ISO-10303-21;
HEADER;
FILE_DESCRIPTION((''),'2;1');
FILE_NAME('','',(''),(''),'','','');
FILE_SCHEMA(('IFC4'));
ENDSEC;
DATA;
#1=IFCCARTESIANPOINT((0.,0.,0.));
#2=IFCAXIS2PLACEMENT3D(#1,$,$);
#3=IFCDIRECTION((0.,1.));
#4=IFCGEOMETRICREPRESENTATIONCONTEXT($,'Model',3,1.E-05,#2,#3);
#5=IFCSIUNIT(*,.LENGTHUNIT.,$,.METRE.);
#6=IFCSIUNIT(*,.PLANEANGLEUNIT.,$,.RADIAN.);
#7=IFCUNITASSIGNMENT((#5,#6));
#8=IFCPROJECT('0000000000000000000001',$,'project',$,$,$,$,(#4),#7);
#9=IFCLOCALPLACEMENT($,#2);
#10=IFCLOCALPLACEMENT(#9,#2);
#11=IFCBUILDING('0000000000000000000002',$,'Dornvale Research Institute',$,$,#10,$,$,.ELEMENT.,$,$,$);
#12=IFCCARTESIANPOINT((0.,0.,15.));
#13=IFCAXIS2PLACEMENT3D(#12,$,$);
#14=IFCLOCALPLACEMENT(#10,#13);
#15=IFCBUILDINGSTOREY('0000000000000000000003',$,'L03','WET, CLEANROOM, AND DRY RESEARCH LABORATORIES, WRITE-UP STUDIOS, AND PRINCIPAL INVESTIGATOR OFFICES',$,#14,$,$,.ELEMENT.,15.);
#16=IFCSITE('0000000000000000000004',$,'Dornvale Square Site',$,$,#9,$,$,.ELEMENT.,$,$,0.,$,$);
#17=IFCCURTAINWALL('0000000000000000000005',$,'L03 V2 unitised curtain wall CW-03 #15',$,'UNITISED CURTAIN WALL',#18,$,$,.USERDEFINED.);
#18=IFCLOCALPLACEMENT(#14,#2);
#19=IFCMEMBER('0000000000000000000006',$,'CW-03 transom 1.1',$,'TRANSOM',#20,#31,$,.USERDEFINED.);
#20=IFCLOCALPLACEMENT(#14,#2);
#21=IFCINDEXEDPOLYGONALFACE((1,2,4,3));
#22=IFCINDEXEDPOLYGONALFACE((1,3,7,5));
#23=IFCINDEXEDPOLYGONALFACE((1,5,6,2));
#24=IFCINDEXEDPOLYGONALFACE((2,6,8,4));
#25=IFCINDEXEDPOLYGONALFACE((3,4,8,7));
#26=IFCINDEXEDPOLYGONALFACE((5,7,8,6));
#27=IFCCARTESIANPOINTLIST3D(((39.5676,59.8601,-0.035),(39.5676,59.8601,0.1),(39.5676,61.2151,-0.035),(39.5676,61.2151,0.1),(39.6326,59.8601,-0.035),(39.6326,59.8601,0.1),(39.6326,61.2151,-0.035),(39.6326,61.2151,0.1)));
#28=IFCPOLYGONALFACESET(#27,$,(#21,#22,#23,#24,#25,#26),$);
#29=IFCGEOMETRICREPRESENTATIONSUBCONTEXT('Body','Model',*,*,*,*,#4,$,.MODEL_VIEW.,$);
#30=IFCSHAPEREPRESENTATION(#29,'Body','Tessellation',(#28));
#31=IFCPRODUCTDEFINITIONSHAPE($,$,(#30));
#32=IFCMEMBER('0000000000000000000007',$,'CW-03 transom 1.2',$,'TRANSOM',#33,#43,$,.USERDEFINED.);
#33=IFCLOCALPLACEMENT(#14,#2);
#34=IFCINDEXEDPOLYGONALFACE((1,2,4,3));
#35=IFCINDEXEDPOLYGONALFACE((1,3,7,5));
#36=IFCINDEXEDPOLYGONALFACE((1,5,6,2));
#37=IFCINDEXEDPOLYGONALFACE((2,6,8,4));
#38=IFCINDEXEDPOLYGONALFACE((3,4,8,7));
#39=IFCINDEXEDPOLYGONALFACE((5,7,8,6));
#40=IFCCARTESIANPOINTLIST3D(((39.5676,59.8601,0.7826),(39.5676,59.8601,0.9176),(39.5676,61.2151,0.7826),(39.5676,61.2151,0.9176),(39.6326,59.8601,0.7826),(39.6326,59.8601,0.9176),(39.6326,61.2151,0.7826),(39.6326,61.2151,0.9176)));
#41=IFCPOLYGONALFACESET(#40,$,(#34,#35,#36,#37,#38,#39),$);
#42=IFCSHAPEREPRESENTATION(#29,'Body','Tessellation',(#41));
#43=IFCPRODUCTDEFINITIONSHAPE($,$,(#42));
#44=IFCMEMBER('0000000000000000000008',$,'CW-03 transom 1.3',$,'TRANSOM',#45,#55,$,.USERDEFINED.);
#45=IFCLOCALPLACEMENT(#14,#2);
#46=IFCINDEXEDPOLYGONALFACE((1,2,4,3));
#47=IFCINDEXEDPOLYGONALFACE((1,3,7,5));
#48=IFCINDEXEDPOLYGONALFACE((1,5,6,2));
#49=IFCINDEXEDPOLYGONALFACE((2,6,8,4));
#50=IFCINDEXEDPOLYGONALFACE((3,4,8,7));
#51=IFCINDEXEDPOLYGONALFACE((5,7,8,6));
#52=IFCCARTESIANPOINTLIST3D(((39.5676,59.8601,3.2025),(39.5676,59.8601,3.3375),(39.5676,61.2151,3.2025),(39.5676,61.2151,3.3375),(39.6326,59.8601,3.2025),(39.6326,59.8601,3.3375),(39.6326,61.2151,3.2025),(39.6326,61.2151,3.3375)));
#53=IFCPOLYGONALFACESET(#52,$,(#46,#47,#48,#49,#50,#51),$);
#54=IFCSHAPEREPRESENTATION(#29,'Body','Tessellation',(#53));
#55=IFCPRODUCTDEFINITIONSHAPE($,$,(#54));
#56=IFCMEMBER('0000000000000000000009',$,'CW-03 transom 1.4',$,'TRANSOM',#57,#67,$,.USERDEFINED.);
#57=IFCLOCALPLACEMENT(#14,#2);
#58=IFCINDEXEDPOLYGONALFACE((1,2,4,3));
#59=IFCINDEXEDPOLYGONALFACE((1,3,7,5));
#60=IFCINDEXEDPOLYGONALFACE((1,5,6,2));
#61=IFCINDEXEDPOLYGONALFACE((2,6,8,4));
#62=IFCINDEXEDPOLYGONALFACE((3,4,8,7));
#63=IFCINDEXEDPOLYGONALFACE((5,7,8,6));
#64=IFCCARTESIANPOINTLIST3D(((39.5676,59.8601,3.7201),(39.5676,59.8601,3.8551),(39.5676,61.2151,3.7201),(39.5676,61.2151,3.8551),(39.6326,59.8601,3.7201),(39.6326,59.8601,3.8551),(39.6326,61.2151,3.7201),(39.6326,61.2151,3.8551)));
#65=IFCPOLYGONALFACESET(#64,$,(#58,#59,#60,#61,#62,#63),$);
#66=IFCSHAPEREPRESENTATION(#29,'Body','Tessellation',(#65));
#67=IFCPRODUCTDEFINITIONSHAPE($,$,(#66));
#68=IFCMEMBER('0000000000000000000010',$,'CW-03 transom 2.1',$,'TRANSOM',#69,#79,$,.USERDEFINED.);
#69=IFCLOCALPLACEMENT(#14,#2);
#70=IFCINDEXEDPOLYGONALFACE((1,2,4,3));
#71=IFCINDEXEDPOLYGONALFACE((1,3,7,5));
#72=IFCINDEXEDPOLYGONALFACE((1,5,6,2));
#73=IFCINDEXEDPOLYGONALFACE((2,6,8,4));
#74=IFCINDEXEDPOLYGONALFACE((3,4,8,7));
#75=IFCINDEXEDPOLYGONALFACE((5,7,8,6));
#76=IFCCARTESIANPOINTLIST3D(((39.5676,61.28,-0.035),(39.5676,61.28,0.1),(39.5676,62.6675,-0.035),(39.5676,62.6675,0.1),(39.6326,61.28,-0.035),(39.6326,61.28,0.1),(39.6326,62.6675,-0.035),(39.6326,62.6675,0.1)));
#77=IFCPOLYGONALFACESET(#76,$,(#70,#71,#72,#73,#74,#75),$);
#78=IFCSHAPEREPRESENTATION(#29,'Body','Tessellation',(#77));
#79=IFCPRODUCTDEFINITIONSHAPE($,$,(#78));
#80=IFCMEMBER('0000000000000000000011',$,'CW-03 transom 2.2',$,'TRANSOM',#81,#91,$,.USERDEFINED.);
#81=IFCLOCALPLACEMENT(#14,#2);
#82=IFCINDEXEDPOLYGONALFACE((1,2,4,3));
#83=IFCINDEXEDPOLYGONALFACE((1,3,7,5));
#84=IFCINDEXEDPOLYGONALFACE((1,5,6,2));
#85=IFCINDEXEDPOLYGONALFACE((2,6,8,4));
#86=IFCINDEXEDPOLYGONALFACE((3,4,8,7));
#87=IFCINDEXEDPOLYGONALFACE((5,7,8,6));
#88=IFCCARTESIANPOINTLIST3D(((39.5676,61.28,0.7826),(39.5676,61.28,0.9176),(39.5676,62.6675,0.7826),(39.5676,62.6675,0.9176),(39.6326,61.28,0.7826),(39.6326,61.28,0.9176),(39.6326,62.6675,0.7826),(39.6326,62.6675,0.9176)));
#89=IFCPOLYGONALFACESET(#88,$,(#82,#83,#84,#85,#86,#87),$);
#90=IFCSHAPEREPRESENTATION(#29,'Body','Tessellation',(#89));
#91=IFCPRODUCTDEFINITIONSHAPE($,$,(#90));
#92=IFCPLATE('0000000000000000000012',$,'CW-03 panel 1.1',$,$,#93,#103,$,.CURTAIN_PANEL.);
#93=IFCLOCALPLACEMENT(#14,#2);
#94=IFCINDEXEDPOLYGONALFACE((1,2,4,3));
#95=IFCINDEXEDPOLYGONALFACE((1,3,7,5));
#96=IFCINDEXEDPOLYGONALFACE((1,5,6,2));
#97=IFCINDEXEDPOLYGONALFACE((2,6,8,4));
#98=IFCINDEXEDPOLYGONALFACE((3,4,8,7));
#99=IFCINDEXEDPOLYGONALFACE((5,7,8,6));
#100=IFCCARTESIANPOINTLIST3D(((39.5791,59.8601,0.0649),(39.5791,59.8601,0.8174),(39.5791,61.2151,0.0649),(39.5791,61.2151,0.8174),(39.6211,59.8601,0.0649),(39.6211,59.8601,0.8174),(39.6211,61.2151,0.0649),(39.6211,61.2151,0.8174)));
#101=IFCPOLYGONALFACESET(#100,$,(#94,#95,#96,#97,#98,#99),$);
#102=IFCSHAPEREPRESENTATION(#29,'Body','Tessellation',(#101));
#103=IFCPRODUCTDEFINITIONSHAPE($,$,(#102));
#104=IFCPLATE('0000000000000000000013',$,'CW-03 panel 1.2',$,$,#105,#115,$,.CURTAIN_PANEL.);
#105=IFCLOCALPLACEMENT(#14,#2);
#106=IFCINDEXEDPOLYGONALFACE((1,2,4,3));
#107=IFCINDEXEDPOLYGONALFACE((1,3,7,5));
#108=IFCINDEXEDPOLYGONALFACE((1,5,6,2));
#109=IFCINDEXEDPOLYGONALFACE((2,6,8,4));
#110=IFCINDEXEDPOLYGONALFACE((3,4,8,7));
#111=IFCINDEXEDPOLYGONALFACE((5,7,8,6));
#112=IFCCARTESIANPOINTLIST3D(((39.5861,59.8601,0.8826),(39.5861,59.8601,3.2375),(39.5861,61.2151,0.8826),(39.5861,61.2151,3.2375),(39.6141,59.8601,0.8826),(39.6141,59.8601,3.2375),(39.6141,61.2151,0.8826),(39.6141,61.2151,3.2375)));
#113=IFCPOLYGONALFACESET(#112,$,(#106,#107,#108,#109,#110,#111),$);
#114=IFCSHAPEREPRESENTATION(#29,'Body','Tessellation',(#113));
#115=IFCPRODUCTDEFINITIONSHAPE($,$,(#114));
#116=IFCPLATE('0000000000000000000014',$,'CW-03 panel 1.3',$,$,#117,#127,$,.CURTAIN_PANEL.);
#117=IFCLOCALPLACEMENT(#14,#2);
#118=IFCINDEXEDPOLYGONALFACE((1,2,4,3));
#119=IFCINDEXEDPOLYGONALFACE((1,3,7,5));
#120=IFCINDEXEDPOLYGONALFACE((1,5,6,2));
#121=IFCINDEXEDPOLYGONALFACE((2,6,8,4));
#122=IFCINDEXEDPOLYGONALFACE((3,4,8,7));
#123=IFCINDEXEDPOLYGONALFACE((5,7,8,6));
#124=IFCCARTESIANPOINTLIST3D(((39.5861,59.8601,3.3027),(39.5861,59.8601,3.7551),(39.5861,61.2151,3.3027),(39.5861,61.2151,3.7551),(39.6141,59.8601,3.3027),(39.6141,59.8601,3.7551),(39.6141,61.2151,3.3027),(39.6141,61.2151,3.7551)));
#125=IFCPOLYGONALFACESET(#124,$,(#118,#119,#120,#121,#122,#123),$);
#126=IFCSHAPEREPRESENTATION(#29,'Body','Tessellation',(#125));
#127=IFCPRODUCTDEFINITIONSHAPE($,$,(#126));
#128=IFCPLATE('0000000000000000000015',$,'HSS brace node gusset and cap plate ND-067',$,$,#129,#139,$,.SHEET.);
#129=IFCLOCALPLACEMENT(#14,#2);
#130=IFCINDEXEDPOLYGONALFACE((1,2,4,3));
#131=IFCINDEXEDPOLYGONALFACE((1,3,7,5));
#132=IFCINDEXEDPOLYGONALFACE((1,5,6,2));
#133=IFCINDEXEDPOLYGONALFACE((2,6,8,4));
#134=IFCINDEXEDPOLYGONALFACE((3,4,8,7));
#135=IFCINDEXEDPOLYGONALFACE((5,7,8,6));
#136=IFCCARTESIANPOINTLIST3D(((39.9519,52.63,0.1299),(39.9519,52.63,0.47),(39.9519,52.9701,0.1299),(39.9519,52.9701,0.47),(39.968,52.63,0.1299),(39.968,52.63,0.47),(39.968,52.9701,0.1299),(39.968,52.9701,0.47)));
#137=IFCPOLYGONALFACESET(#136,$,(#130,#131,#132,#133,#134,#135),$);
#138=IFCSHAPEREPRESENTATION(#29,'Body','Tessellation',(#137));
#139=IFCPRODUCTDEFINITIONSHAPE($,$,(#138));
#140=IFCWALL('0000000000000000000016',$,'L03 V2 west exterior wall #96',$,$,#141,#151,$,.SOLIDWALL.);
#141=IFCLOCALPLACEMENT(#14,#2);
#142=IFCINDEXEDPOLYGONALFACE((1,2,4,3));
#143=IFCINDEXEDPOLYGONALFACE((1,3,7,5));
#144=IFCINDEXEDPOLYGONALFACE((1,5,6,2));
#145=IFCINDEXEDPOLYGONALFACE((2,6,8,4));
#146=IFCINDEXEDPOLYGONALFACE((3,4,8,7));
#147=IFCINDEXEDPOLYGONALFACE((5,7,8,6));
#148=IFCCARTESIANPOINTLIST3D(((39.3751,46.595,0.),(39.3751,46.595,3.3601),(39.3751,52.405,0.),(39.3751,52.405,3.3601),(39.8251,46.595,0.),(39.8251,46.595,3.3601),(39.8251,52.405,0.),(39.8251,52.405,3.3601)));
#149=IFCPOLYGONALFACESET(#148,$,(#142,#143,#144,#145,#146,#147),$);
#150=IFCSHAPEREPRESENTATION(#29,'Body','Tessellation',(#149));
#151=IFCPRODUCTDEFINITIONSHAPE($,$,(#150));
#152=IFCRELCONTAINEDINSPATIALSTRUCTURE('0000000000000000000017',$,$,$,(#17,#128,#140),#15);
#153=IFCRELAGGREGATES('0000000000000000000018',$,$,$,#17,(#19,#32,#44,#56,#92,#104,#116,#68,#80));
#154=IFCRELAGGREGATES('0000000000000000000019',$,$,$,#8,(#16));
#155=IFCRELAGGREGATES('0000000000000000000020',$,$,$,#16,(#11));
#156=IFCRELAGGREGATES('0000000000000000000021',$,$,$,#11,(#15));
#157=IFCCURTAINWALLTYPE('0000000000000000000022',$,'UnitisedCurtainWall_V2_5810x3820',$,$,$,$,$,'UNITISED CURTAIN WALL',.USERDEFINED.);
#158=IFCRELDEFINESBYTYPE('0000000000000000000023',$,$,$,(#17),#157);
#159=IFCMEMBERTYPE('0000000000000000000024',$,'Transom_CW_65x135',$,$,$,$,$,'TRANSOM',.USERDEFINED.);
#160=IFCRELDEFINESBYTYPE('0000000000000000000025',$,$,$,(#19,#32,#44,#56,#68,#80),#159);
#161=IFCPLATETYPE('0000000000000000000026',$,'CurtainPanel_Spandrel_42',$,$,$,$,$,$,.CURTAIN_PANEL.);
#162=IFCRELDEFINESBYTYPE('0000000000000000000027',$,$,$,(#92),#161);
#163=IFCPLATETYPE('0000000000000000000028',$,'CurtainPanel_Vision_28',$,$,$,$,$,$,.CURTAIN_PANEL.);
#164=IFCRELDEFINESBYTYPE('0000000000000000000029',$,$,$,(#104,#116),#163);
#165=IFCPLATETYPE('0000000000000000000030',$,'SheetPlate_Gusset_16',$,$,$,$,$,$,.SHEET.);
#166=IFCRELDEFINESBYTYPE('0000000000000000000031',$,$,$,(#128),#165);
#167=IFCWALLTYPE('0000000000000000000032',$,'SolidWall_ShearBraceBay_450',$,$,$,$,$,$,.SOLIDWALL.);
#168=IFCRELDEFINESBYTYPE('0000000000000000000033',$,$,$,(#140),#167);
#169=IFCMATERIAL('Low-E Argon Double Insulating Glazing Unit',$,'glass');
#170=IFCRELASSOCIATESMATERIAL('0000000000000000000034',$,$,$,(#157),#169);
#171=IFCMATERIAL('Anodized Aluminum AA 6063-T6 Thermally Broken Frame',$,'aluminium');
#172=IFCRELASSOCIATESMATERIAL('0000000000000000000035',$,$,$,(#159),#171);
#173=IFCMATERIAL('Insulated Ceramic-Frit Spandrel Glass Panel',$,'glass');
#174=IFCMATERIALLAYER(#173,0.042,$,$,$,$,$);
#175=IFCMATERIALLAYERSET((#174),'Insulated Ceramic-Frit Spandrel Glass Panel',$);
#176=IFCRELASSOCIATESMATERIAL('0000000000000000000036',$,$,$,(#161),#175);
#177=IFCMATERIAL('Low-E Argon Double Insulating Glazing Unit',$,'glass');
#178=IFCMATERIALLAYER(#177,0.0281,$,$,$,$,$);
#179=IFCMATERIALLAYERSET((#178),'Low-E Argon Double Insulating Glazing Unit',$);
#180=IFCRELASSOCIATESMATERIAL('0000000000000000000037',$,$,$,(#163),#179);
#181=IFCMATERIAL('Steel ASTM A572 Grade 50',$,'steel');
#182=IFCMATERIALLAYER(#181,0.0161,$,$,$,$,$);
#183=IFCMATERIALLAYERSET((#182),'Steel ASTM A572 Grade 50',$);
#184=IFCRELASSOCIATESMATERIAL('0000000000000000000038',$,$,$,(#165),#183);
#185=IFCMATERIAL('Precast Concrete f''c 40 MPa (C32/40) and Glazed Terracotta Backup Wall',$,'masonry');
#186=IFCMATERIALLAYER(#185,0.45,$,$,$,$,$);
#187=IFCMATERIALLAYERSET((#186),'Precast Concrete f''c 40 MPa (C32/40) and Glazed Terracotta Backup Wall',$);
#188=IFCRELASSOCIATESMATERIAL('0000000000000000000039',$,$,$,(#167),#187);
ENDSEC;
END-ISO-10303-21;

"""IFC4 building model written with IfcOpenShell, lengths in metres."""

from ifc_helpers import new_model, si_unit, direction, frame, frame_2d, origin, origin_2d, place, context, subcontext, project, spatial, rectangle, extrude, material, layer, layer_set, material_profile, profile_set, type_object, element, aggregate, save


model = new_model("IFC4")

# Units and contexts
model_context = context("Model", 3, precision=1e-05, world=origin(), true_north=direction((0.0, 1.0)))
body_context = subcontext(model_context, "Body", "Model", "MODEL_VIEW")
ifc_project = project(units=[si_unit("LENGTHUNIT", "METRE"), si_unit("PLANEANGLEUNIT", "RADIAN")], contexts=[model_context])

# Site, building, storey
site_placement = place(None, origin())
site = spatial("IfcSite", under=ifc_project, at=site_placement, Name="Dornvale Square Site", CompositionType="ELEMENT", RefElevation=0.0)
building_placement = place(site_placement, origin())
building = spatial("IfcBuilding", under=site, at=building_placement, Name="Dornvale Research Institute", CompositionType="ELEMENT")
storey_placement = place(building_placement, frame((0.0, 0.0, 15.0)))
storey = spatial("IfcBuildingStorey", under=building, at=storey_placement, Name="L03", Description="WET, CLEANROOM, AND DRY RESEARCH LABORATORIES, WRITE-UP STUDIOS, AND PRINCIPAL INVESTIGATOR OFFICES", CompositionType="ELEMENT", Elevation=15.0)

# Curtain wall
ifc_material_1 = material(Name="Low-E Argon Double Insulating Glazing Unit", Category="glass")
curtain_wall_type = type_object("IfcCurtainWallType", Name="UnitisedCurtainWall_V2_5810x3820", ElementType="UNITISED CURTAIN WALL", PredefinedType="USERDEFINED", material=ifc_material_1)
curtain_wall_placement = place(storey_placement, origin())
curtain_wall = element("IfcCurtainWall", 1, at=curtain_wall_placement, inside=storey, type_object=curtain_wall_type, Name="L03 V2 unitised curtain wall CW-03 #15", ObjectType="UNITISED CURTAIN WALL", PredefinedType="USERDEFINED")

# Members
ifc_material_2 = material(Name="Anodized Aluminum AA 6063-T6 Thermally Broken Frame", Category="aluminium")
ifc_material_profile_1 = material_profile(ifc_material_2, rectangle(XDim=0.0649, YDim=0.135, at=origin_2d()), Name="ALU TRANSOM 65x135")
ifc_profile_set_1 = profile_set([ifc_material_profile_1], Name="Anodized Aluminum AA 6063-T6 Thermally Broken Frame")
member_type_1 = type_object("IfcMemberType", Name="Transom_CW_65x135", ElementType="TRANSOM", PredefinedType="USERDEFINED", material=ifc_profile_set_1)
member_1_placement = place(storey_placement, frame((39.6001, 59.8601, 0.0325), z_axis=(0.0, 1.0, 0.0), x_axis=(-1.0, 0.0, 0.0)))
member_1 = element("IfcMember", 2, at=member_1_placement, type_object=member_type_1, Name="CW-03 transom 1.1", ObjectType="TRANSOM", PredefinedType="USERDEFINED", context=body_context, shape_type="SweptSolid", body=[
    extrude(rectangle(XDim=0.0649, YDim=0.135, at=origin_2d()), origin(), (0.0, 0.0, 1.0), 1.355),
])
member_2_placement = place(storey_placement, frame((39.6001, 59.8601, 0.8501), z_axis=(0.0, 1.0, 0.0), x_axis=(-1.0, 0.0, 0.0)))
member_2 = element("IfcMember", 3, at=member_2_placement, type_object=member_type_1, Name="CW-03 transom 1.2", ObjectType="TRANSOM", PredefinedType="USERDEFINED", context=body_context, shape_type="SweptSolid", body=[
    extrude(rectangle(XDim=0.0649, YDim=0.135, at=origin_2d()), origin(), (0.0, 0.0, 1.0), 1.355),
])
member_3_placement = place(storey_placement, frame((39.6001, 59.8601, 3.27), z_axis=(0.0, 1.0, 0.0), x_axis=(-1.0, 0.0, 0.0)))
member_3 = element("IfcMember", 4, at=member_3_placement, type_object=member_type_1, Name="CW-03 transom 1.3", ObjectType="TRANSOM", PredefinedType="USERDEFINED", context=body_context, shape_type="SweptSolid", body=[
    extrude(rectangle(XDim=0.0649, YDim=0.135, at=origin_2d()), origin(), (0.0, 0.0, 1.0), 1.355),
])
member_4_placement = place(storey_placement, frame((39.6001, 59.8601, 3.7876), z_axis=(0.0, 1.0, 0.0), x_axis=(-1.0, 0.0, 0.0)))
member_4 = element("IfcMember", 5, at=member_4_placement, type_object=member_type_1, Name="CW-03 transom 1.4", ObjectType="TRANSOM", PredefinedType="USERDEFINED", context=body_context, shape_type="SweptSolid", body=[
    extrude(rectangle(XDim=0.0649, YDim=0.135, at=origin_2d()), origin(), (0.0, 0.0, 1.0), 1.355),
])
member_5_placement = place(storey_placement, frame((39.6001, 61.28, 0.0325), z_axis=(0.0, 1.0, 0.0), x_axis=(-1.0, 0.0, 0.0)))
member_5 = element("IfcMember", 6, at=member_5_placement, type_object=member_type_1, Name="CW-03 transom 2.1", ObjectType="TRANSOM", PredefinedType="USERDEFINED", context=body_context, shape_type="SweptSolid", body=[
    extrude(rectangle(XDim=0.0649, YDim=0.135, at=origin_2d()), origin(), (0.0, 0.0, 1.0), 1.3875),
])
member_6_placement = place(storey_placement, frame((39.6001, 61.28, 0.8501), z_axis=(0.0, 1.0, 0.0), x_axis=(-1.0, 0.0, 0.0)))
member_6 = element("IfcMember", 7, at=member_6_placement, type_object=member_type_1, Name="CW-03 transom 2.2", ObjectType="TRANSOM", PredefinedType="USERDEFINED", context=body_context, shape_type="SweptSolid", body=[
    extrude(rectangle(XDim=0.0649, YDim=0.135, at=origin_2d()), origin(), (0.0, 0.0, 1.0), 1.3875),
])

# Plates
ifc_material_3 = material(Name="Insulated Ceramic-Frit Spandrel Glass Panel", Category="glass")
ifc_layer_1 = layer(ifc_material_3, 0.042)
ifc_layer_set_1 = layer_set([ifc_layer_1], Name="Insulated Ceramic-Frit Spandrel Glass Panel")
plate_type_1 = type_object("IfcPlateType", Name="CurtainPanel_Spandrel_42", PredefinedType="CURTAIN_PANEL", material=ifc_layer_set_1)
plate_1_placement = place(storey_placement, frame((39.6001, 60.5376, 0.0649), z_axis=(0.0, 0.0, 1.0), x_axis=(0.0, 1.0, 0.0)))
plate_1 = element("IfcPlate", 8, at=plate_1_placement, type_object=plate_type_1, Name="CW-03 panel 1.1", PredefinedType="CURTAIN_PANEL", context=body_context, shape_type="SweptSolid", body=[
    extrude(rectangle(XDim=1.355, YDim=0.042, at=origin_2d()), origin(), (0.0, 0.0, 1.0), 0.7524),
])
ifc_material_4 = material(Name="Low-E Argon Double Insulating Glazing Unit", Category="glass")
ifc_layer_2 = layer(ifc_material_4, 0.0281)
ifc_layer_set_2 = layer_set([ifc_layer_2], Name="Low-E Argon Double Insulating Glazing Unit")
plate_type_2 = type_object("IfcPlateType", Name="CurtainPanel_Vision_28", PredefinedType="CURTAIN_PANEL", material=ifc_layer_set_2)
plate_2_placement = place(storey_placement, frame((39.6001, 60.5376, 0.8826), z_axis=(0.0, 0.0, 1.0), x_axis=(0.0, 1.0, 0.0)))
plate_2 = element("IfcPlate", 9, at=plate_2_placement, type_object=plate_type_2, Name="CW-03 panel 1.2", PredefinedType="CURTAIN_PANEL", context=body_context, shape_type="SweptSolid", body=[
    extrude(rectangle(XDim=1.355, YDim=0.0281, at=origin_2d()), origin(), (0.0, 0.0, 1.0), 2.355),
])
plate_3_placement = place(storey_placement, frame((39.6001, 60.5376, 3.3027), z_axis=(0.0, 0.0, 1.0), x_axis=(0.0, 1.0, 0.0)))
plate_3 = element("IfcPlate", 10, at=plate_3_placement, type_object=plate_type_2, Name="CW-03 panel 1.3", PredefinedType="CURTAIN_PANEL", context=body_context, shape_type="SweptSolid", body=[
    extrude(rectangle(XDim=1.355, YDim=0.0281, at=origin_2d()), origin(), (0.0, 0.0, 1.0), 0.4524),
])
aggregate(curtain_wall, [member_1, member_2, member_3, member_4, plate_1, plate_2, plate_3, member_5, member_6])
ifc_material_5 = material(Name="Steel ASTM A572 Grade 50", Category="steel")
ifc_layer_3 = layer(ifc_material_5, 0.0161)
ifc_layer_set_3 = layer_set([ifc_layer_3], Name="Steel ASTM A572 Grade 50")
plate_type_3 = type_object("IfcPlateType", Name="SheetPlate_Gusset_16", PredefinedType="SHEET", material=ifc_layer_set_3)
plate_4_placement = place(storey_placement, frame((39.96, 52.8, 0.1299), z_axis=(0.0, 0.0, 1.0), x_axis=(0.0, 1.0, 0.0)))
element("IfcPlate", 11, at=plate_4_placement, inside=storey, type_object=plate_type_3, Name="HSS brace node gusset and cap plate ND-067", PredefinedType="SHEET", context=body_context, shape_type="SweptSolid", body=[
    extrude(rectangle(XDim=0.3401, YDim=0.0161, at=origin_2d()), origin(), (0.0, 0.0, 1.0), 0.3401),
])

# Wall
ifc_material_6 = material(Name="Precast Concrete f'c 40 MPa (C32/40) and Glazed Terracotta Backup Wall", Category="masonry")
ifc_layer_4 = layer(ifc_material_6, 0.45)
ifc_layer_set_4 = layer_set([ifc_layer_4], Name="Precast Concrete f'c 40 MPa (C32/40) and Glazed Terracotta Backup Wall")
wall_type_1 = type_object("IfcWallType", Name="SolidWall_ShearBraceBay_450", PredefinedType="SOLIDWALL", material=ifc_layer_set_4)
wall_1_placement = place(storey_placement, frame((39.6001, 46.595, 0.0), z_axis=(0.0, 0.0, 1.0), x_axis=(0.0, 1.0, 0.0)))
element("IfcWall", 12, at=wall_1_placement, inside=storey, type_object=wall_type_1, Name="L03 V2 west exterior wall #96", PredefinedType="SOLIDWALL", context=body_context, shape_type="SweptSolid", body=[
    extrude(rectangle(XDim=5.8101, YDim=0.45, at=frame_2d((2.905, 0.0))), origin(), (0.0, 0.0, 1.0), 3.3601),
])

save(model, "model.ifc")
